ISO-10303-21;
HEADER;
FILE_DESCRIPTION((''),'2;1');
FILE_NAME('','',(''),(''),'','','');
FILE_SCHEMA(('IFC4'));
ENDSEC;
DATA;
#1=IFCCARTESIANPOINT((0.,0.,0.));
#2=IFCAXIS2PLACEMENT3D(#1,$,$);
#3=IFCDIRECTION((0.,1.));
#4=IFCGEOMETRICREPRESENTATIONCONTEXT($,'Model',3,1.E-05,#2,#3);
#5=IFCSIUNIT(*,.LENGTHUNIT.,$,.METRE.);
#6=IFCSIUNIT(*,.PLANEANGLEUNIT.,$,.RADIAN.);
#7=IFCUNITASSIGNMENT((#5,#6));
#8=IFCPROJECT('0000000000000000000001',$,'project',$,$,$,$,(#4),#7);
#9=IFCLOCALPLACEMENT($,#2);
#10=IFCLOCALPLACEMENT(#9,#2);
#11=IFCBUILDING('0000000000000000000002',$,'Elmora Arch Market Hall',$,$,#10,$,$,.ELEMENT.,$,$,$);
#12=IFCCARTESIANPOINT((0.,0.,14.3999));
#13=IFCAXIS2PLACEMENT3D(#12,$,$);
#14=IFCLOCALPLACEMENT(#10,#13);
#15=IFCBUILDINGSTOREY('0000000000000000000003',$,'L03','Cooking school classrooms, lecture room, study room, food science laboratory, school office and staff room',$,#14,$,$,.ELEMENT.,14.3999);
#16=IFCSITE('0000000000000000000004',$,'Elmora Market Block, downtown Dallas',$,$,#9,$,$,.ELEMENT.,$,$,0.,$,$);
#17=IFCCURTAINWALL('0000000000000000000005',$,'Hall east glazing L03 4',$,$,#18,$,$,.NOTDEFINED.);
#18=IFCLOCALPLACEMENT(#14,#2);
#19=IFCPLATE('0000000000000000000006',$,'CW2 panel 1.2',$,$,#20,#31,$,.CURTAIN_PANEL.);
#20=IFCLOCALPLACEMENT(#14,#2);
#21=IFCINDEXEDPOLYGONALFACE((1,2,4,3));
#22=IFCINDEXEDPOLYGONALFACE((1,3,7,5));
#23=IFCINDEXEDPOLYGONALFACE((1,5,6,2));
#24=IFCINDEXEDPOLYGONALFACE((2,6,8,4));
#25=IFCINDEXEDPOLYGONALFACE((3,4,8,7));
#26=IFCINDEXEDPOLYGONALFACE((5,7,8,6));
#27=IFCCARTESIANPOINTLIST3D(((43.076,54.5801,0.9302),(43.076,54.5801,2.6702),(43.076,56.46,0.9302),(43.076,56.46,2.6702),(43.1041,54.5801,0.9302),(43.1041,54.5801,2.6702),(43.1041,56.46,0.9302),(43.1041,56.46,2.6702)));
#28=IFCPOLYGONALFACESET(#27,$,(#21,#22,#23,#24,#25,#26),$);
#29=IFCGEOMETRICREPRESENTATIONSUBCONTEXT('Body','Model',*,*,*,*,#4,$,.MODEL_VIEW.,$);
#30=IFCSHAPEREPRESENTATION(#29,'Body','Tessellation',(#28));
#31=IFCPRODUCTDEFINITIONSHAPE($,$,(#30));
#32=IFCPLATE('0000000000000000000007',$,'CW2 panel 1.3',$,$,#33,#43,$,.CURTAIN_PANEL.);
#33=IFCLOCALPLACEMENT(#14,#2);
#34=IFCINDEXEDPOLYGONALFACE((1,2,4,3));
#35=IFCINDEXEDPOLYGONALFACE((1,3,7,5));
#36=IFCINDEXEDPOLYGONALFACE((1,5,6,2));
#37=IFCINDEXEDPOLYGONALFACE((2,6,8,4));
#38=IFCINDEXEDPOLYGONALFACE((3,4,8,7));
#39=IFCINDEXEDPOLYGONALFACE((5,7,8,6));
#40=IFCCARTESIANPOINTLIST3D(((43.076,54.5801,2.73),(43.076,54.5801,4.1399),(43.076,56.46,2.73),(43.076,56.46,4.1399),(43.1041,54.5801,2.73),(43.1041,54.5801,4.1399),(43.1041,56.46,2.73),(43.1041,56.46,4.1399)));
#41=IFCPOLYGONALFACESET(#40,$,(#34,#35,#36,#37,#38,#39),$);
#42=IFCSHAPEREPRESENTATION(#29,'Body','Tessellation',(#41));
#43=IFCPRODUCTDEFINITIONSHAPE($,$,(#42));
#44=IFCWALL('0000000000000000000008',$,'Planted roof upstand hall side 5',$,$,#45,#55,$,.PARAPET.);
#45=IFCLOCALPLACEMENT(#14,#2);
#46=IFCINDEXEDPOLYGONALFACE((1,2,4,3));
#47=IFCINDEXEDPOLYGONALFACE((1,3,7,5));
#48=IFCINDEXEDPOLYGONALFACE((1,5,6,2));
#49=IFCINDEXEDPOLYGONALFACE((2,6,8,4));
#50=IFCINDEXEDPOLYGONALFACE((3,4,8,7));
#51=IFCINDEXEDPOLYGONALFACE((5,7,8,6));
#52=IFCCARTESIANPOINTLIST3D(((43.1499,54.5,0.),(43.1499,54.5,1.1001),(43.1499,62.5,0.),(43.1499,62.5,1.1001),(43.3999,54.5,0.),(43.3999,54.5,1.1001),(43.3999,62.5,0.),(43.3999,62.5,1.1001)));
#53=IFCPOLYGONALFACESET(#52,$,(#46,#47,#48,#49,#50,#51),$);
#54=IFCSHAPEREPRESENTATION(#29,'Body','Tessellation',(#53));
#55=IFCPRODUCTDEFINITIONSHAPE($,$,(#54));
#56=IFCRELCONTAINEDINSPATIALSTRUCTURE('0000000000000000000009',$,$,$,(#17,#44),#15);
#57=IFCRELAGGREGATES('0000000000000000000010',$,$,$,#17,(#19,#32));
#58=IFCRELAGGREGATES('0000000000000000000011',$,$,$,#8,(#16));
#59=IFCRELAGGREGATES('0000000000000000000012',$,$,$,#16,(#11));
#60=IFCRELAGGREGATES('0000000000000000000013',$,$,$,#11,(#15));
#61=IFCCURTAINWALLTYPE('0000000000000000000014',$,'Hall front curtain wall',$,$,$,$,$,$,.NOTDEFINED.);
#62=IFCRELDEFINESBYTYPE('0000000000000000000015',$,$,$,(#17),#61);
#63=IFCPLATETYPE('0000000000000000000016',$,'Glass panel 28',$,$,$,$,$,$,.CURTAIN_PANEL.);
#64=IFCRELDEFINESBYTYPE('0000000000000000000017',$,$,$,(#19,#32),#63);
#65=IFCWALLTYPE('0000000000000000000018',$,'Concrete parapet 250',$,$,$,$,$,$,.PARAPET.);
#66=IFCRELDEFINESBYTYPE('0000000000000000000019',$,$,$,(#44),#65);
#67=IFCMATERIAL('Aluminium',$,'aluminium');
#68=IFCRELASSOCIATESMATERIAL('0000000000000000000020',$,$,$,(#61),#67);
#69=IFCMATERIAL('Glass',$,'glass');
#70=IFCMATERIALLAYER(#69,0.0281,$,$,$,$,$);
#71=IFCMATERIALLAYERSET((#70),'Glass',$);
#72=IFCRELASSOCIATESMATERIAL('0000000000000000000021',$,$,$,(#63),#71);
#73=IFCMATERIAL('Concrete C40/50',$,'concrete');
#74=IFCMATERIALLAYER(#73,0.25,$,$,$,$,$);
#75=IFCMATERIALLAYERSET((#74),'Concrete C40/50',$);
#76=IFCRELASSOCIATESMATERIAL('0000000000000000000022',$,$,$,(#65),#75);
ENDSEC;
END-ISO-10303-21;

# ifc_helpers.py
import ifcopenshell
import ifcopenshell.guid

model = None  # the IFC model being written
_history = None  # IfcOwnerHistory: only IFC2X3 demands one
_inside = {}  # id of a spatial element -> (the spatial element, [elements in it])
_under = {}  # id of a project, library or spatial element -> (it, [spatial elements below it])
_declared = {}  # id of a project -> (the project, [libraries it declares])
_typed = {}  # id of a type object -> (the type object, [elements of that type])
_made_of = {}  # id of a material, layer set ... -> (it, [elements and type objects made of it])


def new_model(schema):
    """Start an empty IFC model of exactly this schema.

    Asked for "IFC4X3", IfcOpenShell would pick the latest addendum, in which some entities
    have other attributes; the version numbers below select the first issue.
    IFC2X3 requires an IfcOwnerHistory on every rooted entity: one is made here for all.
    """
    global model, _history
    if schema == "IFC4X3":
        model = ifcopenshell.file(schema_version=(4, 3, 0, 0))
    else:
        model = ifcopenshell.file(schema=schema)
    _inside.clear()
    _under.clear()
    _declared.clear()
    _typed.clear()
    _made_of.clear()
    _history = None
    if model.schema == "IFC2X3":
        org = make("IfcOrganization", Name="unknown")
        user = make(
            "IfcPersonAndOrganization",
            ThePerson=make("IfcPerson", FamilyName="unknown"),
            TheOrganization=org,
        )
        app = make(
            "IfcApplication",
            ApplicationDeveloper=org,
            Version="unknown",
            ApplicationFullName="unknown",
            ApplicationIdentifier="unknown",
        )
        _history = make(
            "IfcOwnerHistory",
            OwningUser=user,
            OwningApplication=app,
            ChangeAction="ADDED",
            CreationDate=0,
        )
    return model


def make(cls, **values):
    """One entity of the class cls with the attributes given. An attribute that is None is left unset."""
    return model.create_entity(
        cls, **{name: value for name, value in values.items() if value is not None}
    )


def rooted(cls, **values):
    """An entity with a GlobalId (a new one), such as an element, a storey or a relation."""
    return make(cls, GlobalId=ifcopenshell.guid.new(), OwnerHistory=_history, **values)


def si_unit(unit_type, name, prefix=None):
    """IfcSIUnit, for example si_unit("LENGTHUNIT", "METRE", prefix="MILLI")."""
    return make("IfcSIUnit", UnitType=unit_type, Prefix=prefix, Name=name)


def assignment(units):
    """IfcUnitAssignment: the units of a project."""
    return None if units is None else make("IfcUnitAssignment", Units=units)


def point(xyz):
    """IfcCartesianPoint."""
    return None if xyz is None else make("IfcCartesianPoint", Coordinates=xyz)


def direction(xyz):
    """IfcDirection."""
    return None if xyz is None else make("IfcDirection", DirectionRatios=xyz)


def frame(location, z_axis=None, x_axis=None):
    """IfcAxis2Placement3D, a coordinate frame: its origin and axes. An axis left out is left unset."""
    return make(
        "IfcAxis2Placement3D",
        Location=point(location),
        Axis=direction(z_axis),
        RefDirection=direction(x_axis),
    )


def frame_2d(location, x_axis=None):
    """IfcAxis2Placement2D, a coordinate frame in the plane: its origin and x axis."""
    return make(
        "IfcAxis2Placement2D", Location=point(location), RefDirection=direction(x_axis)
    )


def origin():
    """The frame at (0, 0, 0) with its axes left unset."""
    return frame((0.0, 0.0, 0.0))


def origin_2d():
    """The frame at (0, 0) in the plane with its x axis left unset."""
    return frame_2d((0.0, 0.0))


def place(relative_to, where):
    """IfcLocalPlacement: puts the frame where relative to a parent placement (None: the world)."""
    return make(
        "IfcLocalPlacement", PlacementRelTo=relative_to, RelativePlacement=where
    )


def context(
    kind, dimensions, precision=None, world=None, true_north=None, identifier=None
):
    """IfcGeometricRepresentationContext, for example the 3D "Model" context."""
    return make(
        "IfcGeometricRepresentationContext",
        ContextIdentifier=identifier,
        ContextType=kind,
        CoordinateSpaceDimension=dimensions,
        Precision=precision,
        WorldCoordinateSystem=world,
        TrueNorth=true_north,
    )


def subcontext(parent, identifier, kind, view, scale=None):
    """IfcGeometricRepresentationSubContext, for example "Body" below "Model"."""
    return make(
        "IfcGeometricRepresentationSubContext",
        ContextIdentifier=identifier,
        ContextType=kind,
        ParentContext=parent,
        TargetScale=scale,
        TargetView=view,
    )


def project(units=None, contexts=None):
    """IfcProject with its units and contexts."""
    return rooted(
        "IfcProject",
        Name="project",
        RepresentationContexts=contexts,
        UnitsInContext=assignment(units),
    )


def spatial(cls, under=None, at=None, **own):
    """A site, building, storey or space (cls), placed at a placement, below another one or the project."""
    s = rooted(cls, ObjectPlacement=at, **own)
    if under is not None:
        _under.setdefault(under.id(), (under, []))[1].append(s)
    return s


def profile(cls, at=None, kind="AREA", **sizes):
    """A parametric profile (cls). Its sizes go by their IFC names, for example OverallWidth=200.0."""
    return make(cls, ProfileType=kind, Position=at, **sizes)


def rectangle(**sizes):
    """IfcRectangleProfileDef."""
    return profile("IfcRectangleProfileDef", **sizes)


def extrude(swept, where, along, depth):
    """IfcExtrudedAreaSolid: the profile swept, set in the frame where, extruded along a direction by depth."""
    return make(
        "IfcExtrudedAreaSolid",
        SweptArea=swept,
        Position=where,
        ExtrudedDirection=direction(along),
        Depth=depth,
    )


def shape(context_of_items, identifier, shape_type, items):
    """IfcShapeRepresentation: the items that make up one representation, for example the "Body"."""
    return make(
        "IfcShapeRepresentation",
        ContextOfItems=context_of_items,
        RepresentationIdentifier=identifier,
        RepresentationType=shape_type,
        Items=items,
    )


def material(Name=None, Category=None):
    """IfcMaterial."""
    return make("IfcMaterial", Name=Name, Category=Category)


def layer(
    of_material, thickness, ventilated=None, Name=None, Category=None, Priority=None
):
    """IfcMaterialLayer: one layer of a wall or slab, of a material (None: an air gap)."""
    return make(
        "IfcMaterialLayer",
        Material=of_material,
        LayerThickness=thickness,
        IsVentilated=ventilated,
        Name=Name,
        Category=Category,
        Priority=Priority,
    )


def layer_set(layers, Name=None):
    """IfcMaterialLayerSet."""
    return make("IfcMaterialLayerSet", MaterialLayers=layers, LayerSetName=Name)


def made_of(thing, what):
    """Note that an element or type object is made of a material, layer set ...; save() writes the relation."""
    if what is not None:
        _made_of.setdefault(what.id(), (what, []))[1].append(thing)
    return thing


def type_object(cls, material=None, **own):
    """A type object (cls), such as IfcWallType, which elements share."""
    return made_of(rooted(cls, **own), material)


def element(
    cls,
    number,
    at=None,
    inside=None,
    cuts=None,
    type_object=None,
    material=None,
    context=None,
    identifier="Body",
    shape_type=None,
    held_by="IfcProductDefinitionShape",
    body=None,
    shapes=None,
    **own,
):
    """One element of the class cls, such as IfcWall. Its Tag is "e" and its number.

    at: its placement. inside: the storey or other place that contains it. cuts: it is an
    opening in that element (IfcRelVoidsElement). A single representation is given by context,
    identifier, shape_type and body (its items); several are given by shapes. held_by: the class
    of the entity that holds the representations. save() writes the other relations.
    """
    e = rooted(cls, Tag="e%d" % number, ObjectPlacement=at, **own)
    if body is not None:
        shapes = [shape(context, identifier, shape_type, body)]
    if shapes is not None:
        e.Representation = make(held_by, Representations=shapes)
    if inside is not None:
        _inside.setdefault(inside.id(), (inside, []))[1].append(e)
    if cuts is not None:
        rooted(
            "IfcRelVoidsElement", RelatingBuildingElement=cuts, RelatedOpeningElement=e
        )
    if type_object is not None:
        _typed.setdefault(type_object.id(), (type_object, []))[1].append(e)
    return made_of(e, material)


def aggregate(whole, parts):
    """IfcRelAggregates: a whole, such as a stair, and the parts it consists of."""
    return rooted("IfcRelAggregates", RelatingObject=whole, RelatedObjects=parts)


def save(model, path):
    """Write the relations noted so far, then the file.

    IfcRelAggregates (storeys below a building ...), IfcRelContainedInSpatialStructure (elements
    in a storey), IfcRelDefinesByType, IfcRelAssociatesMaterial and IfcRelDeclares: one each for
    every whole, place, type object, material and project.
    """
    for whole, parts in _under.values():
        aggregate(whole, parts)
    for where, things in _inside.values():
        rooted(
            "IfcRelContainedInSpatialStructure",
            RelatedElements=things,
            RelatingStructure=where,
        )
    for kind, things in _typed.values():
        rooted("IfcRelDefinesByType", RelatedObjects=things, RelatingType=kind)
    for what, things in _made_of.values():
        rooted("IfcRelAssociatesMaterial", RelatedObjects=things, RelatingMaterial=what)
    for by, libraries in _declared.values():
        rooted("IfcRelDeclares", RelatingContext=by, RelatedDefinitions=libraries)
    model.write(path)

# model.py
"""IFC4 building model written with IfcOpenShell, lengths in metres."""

from ifc_helpers import new_model, si_unit, direction, frame, frame_2d, origin, origin_2d, place, context, subcontext, project, spatial, rectangle, extrude, material, layer, layer_set, type_object, element, aggregate, save


model = new_model("IFC4")

# Units and contexts
model_context = context("Model", 3, precision=1e-05, world=origin(), true_north=direction((0.0, 1.0)))
body_context = subcontext(model_context, "Body", "Model", "MODEL_VIEW")
ifc_project = project(units=[si_unit("LENGTHUNIT", "METRE"), si_unit("PLANEANGLEUNIT", "RADIAN")], contexts=[model_context])

# Site, building, storey
site_placement = place(None, origin())
site = spatial("IfcSite", under=ifc_project, at=site_placement, Name="Elmora Market Block, downtown Dallas", CompositionType="ELEMENT", RefElevation=0.0)
building_placement = place(site_placement, origin())
building = spatial("IfcBuilding", under=site, at=building_placement, Name="Elmora Arch Market Hall", CompositionType="ELEMENT")
storey_placement = place(building_placement, frame((0.0, 0.0, 14.3999)))
storey = spatial("IfcBuildingStorey", under=building, at=storey_placement, Name="L03", Description="Cooking school classrooms, lecture room, study room, food science laboratory, school office and staff room", CompositionType="ELEMENT", Elevation=14.3999)

# Curtain wall
ifc_material_1 = material(Name="Aluminium", Category="aluminium")
curtain_wall_type = type_object("IfcCurtainWallType", Name="Hall front curtain wall", PredefinedType="NOTDEFINED", material=ifc_material_1)
curtain_wall_1_placement = place(storey_placement, origin())
curtain_wall_1 = element("IfcCurtainWall", 1, at=curtain_wall_1_placement, inside=storey, type_object=curtain_wall_type, Name="Hall east glazing L03 4", PredefinedType="NOTDEFINED")

# Plates
ifc_material_2 = material(Name="Glass", Category="glass")
ifc_layer_1 = layer(ifc_material_2, 0.0281)
ifc_layer_set_1 = layer_set([ifc_layer_1], Name="Glass")
plate_type = type_object("IfcPlateType", Name="Glass panel 28", PredefinedType="CURTAIN_PANEL", material=ifc_layer_set_1)
plate_1_placement = place(storey_placement, frame((43.0901, 55.52, 0.9302), z_axis=(0.0, 0.0, 1.0), x_axis=(0.0, 1.0, 0.0)))
plate_1 = element("IfcPlate", 2, at=plate_1_placement, type_object=plate_type, Name="CW2 panel 1.2", PredefinedType="CURTAIN_PANEL", context=body_context, shape_type="SweptSolid", body=[
    extrude(rectangle(XDim=1.8799, YDim=0.0281, at=origin_2d()), origin(), (0.0, 0.0, 1.0), 1.74),
])
plate_2_placement = place(storey_placement, frame((43.0901, 55.52, 2.73), z_axis=(0.0, 0.0, 1.0), x_axis=(0.0, 1.0, 0.0)))
plate_2 = element("IfcPlate", 3, at=plate_2_placement, type_object=plate_type, Name="CW2 panel 1.3", PredefinedType="CURTAIN_PANEL", context=body_context, shape_type="SweptSolid", body=[
    extrude(rectangle(XDim=1.8799, YDim=0.0281, at=origin_2d()), origin(), (0.0, 0.0, 1.0), 1.4099),
])
aggregate(curtain_wall_1, [plate_1, plate_2])

# Wall
ifc_material_3 = material(Name="Concrete C40/50", Category="concrete")
ifc_layer_2 = layer(ifc_material_3, 0.25)
ifc_layer_set_2 = layer_set([ifc_layer_2], Name="Concrete C40/50")
wall_type = type_object("IfcWallType", Name="Concrete parapet 250", PredefinedType="PARAPET", material=ifc_layer_set_2)
wall_placement = place(storey_placement, frame((43.2749, 54.5, 0.0), z_axis=(0.0, 0.0, 1.0), x_axis=(0.0, 1.0, 0.0)))
element("IfcWall", 4, at=wall_placement, inside=storey, type_object=wall_type, Name="Planted roof upstand hall side 5", PredefinedType="PARAPET", context=body_context, shape_type="SweptSolid", body=[
    extrude(rectangle(XDim=8.0, YDim=0.25, at=frame_2d((4.0, 0.0))), origin(), (0.0, 0.0, 1.0), 1.1001),
])

save(model, "model.ifc")
